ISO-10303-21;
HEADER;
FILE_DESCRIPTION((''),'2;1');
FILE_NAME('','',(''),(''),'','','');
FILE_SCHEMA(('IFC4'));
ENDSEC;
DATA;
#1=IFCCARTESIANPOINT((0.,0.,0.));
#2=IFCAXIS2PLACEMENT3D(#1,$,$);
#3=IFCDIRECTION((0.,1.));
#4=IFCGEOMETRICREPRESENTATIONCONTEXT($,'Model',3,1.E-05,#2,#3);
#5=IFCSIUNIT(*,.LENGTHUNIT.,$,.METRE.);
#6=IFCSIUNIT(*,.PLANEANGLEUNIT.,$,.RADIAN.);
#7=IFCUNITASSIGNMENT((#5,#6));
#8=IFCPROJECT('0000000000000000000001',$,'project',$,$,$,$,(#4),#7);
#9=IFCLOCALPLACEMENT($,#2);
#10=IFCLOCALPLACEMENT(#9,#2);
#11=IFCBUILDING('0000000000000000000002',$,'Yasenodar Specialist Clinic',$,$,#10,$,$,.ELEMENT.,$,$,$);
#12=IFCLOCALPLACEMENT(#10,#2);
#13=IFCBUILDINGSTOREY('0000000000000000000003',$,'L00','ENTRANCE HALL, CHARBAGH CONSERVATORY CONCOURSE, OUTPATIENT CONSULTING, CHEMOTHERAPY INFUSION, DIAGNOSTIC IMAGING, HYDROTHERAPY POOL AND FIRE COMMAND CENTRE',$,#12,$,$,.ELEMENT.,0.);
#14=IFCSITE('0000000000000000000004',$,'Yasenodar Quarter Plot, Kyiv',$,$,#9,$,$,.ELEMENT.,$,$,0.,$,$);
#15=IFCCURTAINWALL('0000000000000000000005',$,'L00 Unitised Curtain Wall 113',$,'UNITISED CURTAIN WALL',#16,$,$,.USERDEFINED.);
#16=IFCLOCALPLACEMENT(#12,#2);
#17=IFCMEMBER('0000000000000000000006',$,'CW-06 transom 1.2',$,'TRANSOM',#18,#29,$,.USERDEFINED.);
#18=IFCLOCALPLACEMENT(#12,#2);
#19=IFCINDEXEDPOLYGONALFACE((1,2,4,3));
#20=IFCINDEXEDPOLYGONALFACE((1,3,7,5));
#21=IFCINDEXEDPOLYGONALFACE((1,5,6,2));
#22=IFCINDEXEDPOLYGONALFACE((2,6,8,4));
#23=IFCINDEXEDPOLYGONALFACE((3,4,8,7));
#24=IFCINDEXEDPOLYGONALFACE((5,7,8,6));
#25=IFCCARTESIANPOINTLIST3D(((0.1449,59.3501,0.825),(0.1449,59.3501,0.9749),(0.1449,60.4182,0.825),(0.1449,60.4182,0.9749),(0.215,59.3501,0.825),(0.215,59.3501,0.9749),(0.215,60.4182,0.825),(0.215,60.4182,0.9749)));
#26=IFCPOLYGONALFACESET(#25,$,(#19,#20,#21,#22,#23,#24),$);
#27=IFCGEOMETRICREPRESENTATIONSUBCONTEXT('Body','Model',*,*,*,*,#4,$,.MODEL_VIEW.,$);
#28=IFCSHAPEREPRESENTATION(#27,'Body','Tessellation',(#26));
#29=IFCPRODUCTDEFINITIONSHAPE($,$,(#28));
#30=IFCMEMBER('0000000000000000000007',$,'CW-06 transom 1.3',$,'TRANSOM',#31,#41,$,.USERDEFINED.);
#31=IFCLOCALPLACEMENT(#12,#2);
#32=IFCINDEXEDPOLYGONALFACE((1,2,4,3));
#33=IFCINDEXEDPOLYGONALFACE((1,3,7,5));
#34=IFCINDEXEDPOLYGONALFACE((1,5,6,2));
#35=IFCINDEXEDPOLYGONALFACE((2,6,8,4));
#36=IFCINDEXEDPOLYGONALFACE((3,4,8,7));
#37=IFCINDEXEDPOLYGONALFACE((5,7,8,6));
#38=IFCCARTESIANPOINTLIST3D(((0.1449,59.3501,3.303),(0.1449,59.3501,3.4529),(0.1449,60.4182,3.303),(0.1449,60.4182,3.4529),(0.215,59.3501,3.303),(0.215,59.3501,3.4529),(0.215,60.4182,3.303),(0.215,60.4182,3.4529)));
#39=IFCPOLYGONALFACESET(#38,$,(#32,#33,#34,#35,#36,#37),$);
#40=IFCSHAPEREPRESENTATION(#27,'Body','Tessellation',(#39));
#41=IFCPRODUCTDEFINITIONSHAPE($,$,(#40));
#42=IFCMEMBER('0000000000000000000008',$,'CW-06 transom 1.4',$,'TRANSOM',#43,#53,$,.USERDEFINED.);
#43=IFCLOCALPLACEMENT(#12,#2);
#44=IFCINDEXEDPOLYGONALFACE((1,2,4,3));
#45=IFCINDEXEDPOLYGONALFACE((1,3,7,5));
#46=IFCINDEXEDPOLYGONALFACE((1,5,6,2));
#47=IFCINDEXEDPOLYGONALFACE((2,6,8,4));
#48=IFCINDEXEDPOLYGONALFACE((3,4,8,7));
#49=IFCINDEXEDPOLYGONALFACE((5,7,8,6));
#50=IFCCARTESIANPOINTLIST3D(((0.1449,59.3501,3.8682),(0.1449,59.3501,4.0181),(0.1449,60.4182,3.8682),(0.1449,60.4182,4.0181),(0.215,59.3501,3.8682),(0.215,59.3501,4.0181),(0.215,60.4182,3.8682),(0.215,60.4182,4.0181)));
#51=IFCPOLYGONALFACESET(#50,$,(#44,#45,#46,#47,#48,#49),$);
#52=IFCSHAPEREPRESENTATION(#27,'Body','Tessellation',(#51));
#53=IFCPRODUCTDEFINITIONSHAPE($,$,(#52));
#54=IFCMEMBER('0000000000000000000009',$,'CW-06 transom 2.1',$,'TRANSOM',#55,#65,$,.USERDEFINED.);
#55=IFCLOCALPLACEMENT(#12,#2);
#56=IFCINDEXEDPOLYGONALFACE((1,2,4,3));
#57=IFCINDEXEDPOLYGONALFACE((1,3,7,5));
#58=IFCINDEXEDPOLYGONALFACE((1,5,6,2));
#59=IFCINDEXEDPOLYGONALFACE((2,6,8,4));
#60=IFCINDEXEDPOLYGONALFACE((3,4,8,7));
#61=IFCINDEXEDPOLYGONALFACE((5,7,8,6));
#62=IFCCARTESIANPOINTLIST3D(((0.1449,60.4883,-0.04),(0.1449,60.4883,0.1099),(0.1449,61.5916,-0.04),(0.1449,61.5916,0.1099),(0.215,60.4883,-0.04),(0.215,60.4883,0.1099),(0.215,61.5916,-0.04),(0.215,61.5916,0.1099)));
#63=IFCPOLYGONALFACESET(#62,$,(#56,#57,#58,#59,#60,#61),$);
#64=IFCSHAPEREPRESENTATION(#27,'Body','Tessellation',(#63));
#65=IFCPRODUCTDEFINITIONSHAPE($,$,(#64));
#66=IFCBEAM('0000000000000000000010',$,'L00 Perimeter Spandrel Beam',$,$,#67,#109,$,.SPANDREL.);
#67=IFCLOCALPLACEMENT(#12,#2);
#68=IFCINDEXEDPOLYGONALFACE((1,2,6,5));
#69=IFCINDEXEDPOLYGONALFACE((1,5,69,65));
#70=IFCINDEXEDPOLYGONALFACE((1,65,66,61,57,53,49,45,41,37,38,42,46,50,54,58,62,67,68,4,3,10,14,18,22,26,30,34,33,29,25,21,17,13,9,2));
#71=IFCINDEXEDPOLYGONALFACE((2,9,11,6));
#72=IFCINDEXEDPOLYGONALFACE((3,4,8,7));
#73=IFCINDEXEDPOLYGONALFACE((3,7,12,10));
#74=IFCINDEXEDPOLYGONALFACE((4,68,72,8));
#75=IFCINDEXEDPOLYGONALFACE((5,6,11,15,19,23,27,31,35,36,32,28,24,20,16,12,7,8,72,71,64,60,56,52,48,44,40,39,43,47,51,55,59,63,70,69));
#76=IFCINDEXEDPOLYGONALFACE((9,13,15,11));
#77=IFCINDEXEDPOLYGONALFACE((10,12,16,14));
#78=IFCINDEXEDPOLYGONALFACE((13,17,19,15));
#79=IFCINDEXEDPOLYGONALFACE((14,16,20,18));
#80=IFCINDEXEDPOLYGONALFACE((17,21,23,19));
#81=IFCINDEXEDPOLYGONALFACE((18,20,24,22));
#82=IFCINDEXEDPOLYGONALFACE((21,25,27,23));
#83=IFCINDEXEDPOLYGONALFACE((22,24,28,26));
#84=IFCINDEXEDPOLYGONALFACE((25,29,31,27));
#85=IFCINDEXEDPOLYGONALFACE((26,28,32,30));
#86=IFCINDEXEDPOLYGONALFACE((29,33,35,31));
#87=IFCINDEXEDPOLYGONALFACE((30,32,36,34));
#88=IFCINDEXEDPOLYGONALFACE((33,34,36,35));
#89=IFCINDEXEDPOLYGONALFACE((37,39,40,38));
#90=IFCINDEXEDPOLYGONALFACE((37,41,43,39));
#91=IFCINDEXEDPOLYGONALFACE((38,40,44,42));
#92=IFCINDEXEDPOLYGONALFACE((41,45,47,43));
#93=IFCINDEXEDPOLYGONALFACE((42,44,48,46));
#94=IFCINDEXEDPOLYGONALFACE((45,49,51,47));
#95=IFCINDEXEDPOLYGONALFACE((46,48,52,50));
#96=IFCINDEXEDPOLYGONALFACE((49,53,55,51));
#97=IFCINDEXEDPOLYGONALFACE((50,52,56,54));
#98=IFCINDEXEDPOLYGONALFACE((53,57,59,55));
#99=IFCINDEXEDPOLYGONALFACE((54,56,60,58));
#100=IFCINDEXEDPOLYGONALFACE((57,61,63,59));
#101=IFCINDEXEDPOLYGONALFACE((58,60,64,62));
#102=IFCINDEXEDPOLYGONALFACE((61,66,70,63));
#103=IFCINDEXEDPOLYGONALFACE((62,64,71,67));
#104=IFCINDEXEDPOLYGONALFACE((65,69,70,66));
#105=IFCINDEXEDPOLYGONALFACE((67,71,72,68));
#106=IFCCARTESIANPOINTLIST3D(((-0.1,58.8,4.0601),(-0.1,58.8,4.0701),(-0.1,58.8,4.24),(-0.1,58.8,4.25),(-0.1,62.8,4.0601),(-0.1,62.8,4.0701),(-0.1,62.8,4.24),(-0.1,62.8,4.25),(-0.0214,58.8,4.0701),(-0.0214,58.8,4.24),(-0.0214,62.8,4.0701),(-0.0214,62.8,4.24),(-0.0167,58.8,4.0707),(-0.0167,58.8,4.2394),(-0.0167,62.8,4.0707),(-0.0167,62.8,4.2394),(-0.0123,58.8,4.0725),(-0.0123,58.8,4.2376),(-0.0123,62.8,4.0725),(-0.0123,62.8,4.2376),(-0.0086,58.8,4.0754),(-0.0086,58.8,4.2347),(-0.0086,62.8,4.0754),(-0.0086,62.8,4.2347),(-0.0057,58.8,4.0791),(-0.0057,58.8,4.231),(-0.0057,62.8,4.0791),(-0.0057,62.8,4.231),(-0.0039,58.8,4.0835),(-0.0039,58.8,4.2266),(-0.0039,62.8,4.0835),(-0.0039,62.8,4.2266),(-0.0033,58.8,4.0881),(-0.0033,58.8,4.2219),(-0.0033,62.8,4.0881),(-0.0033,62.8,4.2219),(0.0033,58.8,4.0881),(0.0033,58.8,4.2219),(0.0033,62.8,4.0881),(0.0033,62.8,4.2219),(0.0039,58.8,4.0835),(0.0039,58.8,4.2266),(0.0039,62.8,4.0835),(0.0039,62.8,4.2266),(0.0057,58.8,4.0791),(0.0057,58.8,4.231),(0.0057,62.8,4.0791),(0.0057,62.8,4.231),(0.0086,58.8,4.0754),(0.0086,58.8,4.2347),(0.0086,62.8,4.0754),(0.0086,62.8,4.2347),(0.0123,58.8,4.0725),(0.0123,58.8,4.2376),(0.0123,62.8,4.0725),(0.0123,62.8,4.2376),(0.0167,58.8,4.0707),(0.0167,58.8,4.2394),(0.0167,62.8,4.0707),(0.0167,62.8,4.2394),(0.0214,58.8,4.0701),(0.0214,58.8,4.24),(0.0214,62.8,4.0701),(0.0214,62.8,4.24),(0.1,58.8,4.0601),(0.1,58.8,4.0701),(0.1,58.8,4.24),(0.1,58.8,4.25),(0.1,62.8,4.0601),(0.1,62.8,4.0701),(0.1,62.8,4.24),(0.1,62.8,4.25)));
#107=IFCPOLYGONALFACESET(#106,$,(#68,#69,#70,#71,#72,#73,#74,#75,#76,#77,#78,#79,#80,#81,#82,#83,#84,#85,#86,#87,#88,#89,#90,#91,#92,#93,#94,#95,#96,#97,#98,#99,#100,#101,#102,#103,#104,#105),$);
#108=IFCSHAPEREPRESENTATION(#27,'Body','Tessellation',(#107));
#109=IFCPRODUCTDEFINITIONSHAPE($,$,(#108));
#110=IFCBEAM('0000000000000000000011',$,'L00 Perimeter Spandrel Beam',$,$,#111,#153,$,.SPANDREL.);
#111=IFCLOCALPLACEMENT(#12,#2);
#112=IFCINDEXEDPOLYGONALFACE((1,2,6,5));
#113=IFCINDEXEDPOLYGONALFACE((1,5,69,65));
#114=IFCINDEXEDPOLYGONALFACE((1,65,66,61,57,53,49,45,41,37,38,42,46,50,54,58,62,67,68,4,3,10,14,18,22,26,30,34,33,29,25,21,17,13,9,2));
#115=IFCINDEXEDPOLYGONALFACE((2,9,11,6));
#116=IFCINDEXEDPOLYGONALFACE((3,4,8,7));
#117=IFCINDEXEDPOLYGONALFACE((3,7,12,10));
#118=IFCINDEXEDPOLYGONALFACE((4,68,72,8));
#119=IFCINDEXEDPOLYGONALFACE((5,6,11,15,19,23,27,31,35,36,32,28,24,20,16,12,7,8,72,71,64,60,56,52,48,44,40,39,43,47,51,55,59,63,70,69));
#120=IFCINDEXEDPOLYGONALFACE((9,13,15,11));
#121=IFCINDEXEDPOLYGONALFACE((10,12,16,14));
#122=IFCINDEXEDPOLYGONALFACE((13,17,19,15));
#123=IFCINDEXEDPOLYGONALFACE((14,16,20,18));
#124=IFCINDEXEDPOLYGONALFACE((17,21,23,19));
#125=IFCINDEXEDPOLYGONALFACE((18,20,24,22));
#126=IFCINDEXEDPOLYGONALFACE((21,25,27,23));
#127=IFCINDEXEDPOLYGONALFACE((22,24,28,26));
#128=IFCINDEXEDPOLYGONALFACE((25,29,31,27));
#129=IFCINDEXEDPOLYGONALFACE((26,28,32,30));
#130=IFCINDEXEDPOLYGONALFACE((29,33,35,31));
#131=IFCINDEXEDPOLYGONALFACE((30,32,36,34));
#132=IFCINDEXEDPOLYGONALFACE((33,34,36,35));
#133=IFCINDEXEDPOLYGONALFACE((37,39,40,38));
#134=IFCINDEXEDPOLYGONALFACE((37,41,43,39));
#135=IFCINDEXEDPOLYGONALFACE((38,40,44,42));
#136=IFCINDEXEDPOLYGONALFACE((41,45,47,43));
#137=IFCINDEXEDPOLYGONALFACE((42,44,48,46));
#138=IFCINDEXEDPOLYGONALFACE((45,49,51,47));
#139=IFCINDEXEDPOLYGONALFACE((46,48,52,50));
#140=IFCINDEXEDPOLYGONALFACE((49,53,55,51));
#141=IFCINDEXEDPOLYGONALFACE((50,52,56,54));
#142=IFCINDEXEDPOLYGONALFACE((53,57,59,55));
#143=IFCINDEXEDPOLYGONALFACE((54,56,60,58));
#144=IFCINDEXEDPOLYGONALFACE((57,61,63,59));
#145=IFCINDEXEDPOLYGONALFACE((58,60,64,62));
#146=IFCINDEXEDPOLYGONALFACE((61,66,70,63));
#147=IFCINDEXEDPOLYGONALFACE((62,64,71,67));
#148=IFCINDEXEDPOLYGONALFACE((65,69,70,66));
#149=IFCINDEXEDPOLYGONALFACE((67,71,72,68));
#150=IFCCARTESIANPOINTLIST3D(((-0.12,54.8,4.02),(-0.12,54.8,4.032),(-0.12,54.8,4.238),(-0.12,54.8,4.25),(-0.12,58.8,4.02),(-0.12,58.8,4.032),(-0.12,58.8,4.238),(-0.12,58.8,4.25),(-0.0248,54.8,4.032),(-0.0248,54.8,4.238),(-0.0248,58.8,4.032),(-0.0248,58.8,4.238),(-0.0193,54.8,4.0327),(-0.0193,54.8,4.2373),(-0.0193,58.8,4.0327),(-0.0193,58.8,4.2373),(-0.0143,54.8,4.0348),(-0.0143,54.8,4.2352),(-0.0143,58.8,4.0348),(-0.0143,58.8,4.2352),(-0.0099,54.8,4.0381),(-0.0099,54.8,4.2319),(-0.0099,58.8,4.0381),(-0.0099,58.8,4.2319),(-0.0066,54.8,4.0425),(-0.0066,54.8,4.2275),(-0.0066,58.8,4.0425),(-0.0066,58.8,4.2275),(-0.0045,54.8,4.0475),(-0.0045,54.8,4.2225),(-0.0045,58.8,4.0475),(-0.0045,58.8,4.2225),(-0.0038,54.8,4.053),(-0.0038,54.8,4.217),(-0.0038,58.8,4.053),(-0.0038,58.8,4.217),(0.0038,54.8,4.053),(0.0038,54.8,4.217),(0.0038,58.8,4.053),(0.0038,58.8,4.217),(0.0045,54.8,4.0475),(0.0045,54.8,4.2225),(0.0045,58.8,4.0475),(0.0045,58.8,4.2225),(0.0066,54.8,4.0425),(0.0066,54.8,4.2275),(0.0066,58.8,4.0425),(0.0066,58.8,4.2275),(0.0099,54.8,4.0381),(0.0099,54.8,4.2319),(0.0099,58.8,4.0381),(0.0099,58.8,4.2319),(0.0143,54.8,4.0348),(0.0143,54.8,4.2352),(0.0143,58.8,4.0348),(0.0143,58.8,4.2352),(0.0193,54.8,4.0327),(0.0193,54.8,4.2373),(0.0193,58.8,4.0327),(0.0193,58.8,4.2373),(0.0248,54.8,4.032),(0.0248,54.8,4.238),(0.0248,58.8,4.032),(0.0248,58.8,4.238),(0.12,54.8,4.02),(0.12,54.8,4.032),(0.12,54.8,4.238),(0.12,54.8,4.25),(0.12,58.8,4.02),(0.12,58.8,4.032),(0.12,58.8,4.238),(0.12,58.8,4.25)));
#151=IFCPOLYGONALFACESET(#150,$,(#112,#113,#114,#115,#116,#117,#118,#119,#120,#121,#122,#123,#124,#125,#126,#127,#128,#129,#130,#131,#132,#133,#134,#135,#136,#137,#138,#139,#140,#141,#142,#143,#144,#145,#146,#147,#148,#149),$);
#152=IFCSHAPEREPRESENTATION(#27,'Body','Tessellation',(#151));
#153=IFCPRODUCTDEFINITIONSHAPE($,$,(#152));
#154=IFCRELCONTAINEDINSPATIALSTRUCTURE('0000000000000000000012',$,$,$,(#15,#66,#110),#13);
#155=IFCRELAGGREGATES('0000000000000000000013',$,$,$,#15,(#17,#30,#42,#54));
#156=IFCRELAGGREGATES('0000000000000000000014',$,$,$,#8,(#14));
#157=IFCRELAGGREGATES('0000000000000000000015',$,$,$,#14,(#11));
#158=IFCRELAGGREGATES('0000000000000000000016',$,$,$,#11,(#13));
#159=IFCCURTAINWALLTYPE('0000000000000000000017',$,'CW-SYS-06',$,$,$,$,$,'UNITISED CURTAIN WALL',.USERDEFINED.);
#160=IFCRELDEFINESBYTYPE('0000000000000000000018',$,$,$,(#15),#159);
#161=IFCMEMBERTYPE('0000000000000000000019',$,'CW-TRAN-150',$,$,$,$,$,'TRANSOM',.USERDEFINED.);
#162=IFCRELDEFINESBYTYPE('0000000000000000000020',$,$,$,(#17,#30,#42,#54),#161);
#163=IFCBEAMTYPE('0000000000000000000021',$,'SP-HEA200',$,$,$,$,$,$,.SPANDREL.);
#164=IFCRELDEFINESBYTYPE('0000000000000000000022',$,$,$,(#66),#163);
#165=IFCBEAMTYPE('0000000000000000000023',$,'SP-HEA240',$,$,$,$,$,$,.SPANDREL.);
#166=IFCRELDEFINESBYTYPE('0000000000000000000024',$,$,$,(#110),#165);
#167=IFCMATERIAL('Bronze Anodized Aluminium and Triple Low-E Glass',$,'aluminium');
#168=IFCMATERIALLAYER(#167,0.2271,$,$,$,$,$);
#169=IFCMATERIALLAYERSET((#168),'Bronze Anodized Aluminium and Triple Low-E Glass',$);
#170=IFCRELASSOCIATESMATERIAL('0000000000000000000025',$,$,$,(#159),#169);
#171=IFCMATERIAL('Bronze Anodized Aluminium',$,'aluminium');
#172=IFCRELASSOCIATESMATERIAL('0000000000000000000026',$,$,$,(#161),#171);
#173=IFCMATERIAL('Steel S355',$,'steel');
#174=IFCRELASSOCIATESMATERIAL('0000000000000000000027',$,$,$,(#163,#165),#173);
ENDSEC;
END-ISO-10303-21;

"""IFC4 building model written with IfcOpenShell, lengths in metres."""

from ifc_helpers import new_model, si_unit, direction, frame, origin, origin_2d, place, context, subcontext, project, spatial, rectangle, i_section, extrude, material, layer, layer_set, material_profile, profile_set, type_object, element, aggregate, save


model = new_model("IFC4")

# Units and contexts
model_context = context("Model", 3, precision=1e-05, world=origin(), true_north=direction((0.0, 1.0)))
body_context = subcontext(model_context, "Body", "Model", "MODEL_VIEW")
ifc_project = project(units=[si_unit("LENGTHUNIT", "METRE"), si_unit("PLANEANGLEUNIT", "RADIAN")], contexts=[model_context])

# Site, building, storey
site_placement = place(None, origin())
site = spatial("IfcSite", under=ifc_project, at=site_placement, Name="Yasenodar Quarter Plot, Kyiv", CompositionType="ELEMENT", RefElevation=0.0)
building_placement = place(site_placement, origin())
building = spatial("IfcBuilding", under=site, at=building_placement, Name="Yasenodar Specialist Clinic", CompositionType="ELEMENT")
storey_placement = place(building_placement, origin())
storey = spatial("IfcBuildingStorey", under=building, at=storey_placement, Name="L00", Description="ENTRANCE HALL, CHARBAGH CONSERVATORY CONCOURSE, OUTPATIENT CONSULTING, CHEMOTHERAPY INFUSION, DIAGNOSTIC IMAGING, HYDROTHERAPY POOL AND FIRE COMMAND CENTRE", CompositionType="ELEMENT", Elevation=0.0)

# Shared definitions
ifc_material_1 = material(Name="Steel S355", Category="steel")

# Curtain wall, members
ifc_material_2 = material(Name="Bronze Anodized Aluminium and Triple Low-E Glass", Category="aluminium")
ifc_layer_1 = layer(ifc_material_2, 0.2271)
ifc_layer_set_1 = layer_set([ifc_layer_1], Name="Bronze Anodized Aluminium and Triple Low-E Glass")
curtain_wall_type = type_object("IfcCurtainWallType", Name="CW-SYS-06", ElementType="UNITISED CURTAIN WALL", PredefinedType="USERDEFINED", material=ifc_layer_set_1)
curtain_wall_placement = place(storey_placement, origin())
curtain_wall = element("IfcCurtainWall", 1, at=curtain_wall_placement, inside=storey, type_object=curtain_wall_type, Name="L00 Unitised Curtain Wall 113", ObjectType="UNITISED CURTAIN WALL", PredefinedType="USERDEFINED")
ifc_material_3 = material(Name="Bronze Anodized Aluminium", Category="aluminium")
ifc_material_profile_1 = material_profile(ifc_material_3, rectangle(XDim=0.0701, YDim=0.1499, at=origin_2d()), Name="CW-TRAN 70x150")
ifc_profile_set_1 = profile_set([ifc_material_profile_1], Name="Bronze Anodized Aluminium")
member_type_1 = type_object("IfcMemberType", Name="CW-TRAN-150", ElementType="TRANSOM", PredefinedType="USERDEFINED", material=ifc_profile_set_1)
member_1_placement = place(storey_placement, frame((0.1799, 59.3501, 0.8999), z_axis=(0.0, 1.0, 0.0), x_axis=(-1.0, 0.0, 0.0)))
member_1 = element("IfcMember", 2, at=member_1_placement, type_object=member_type_1, Name="CW-06 transom 1.2", ObjectType="TRANSOM", PredefinedType="USERDEFINED", context=body_context, shape_type="SweptSolid", body=[
    extrude(rectangle(XDim=0.0701, YDim=0.1499, at=origin_2d()), origin(), (0.0, 0.0, 1.0), 1.0681),
])
member_2_placement = place(storey_placement, frame((0.1799, 59.3501, 3.3779), z_axis=(0.0, 1.0, 0.0), x_axis=(-1.0, 0.0, 0.0)))
member_2 = element("IfcMember", 3, at=member_2_placement, type_object=member_type_1, Name="CW-06 transom 1.3", ObjectType="TRANSOM", PredefinedType="USERDEFINED", context=body_context, shape_type="SweptSolid", body=[
    extrude(rectangle(XDim=0.0701, YDim=0.1499, at=origin_2d()), origin(), (0.0, 0.0, 1.0), 1.0681),
])
member_3_placement = place(storey_placement, frame((0.1799, 59.3501, 3.9431), z_axis=(0.0, 1.0, 0.0), x_axis=(-1.0, 0.0, 0.0)))
member_3 = element("IfcMember", 4, at=member_3_placement, type_object=member_type_1, Name="CW-06 transom 1.4", ObjectType="TRANSOM", PredefinedType="USERDEFINED", context=body_context, shape_type="SweptSolid", body=[
    extrude(rectangle(XDim=0.0701, YDim=0.1499, at=origin_2d()), origin(), (0.0, 0.0, 1.0), 1.0681),
])
member_4_placement = place(storey_placement, frame((0.1799, 60.4883, 0.0349), z_axis=(0.0, 1.0, 0.0), x_axis=(-1.0, 0.0, 0.0)))
member_4 = element("IfcMember", 5, at=member_4_placement, type_object=member_type_1, Name="CW-06 transom 2.1", ObjectType="TRANSOM", PredefinedType="USERDEFINED", context=body_context, shape_type="SweptSolid", body=[
    extrude(rectangle(XDim=0.0701, YDim=0.1499, at=origin_2d()), origin(), (0.0, 0.0, 1.0), 1.1033),
])

# Beams
ifc_material_profile_2 = material_profile(ifc_material_1, i_section(OverallWidth=0.2, OverallDepth=0.1899, WebThickness=0.0066, FlangeThickness=0.01, FilletRadius=0.0181, at=origin_2d()), Name="HEA 200")
ifc_profile_set_2 = profile_set([ifc_material_profile_2], Name="Steel S355")
beam_type_1 = type_object("IfcBeamType", Name="SP-HEA200", PredefinedType="SPANDREL", material=ifc_profile_set_2)
beam_1_placement = place(storey_placement, frame((0.0, 58.8, 4.155), z_axis=(0.0, 1.0, 0.0), x_axis=(-1.0, 0.0, 0.0)))
element("IfcBeam", 6, at=beam_1_placement, inside=storey, type_object=beam_type_1, Name="L00 Perimeter Spandrel Beam", PredefinedType="SPANDREL", context=body_context, shape_type="SweptSolid", body=[
    extrude(i_section(OverallWidth=0.2, OverallDepth=0.1899, WebThickness=0.0066, FlangeThickness=0.01, FilletRadius=0.0181, at=origin_2d()), origin(), (0.0, 0.0, 1.0), 4.0),
])
ifc_material_profile_3 = material_profile(ifc_material_1, i_section(OverallWidth=0.24, OverallDepth=0.23, WebThickness=0.0076, FlangeThickness=0.012, FilletRadius=0.021, at=origin_2d()), Name="HEA 240")
ifc_profile_set_3 = profile_set([ifc_material_profile_3], Name="Steel S355")
beam_type_2 = type_object("IfcBeamType", Name="SP-HEA240", PredefinedType="SPANDREL", material=ifc_profile_set_3)
beam_2_placement = place(storey_placement, frame((0.0, 54.8, 4.135), z_axis=(0.0, 1.0, 0.0), x_axis=(-1.0, 0.0, 0.0)))
element("IfcBeam", 7, at=beam_2_placement, inside=storey, type_object=beam_type_2, Name="L00 Perimeter Spandrel Beam", PredefinedType="SPANDREL", context=body_context, shape_type="SweptSolid", body=[
    extrude(i_section(OverallWidth=0.24, OverallDepth=0.23, WebThickness=0.0076, FlangeThickness=0.012, FilletRadius=0.021, at=origin_2d()), origin(), (0.0, 0.0, 1.0), 4.0),
])

aggregate(curtain_wall, [member_1, member_2, member_3, member_4])

save(model, "model.ifc")
